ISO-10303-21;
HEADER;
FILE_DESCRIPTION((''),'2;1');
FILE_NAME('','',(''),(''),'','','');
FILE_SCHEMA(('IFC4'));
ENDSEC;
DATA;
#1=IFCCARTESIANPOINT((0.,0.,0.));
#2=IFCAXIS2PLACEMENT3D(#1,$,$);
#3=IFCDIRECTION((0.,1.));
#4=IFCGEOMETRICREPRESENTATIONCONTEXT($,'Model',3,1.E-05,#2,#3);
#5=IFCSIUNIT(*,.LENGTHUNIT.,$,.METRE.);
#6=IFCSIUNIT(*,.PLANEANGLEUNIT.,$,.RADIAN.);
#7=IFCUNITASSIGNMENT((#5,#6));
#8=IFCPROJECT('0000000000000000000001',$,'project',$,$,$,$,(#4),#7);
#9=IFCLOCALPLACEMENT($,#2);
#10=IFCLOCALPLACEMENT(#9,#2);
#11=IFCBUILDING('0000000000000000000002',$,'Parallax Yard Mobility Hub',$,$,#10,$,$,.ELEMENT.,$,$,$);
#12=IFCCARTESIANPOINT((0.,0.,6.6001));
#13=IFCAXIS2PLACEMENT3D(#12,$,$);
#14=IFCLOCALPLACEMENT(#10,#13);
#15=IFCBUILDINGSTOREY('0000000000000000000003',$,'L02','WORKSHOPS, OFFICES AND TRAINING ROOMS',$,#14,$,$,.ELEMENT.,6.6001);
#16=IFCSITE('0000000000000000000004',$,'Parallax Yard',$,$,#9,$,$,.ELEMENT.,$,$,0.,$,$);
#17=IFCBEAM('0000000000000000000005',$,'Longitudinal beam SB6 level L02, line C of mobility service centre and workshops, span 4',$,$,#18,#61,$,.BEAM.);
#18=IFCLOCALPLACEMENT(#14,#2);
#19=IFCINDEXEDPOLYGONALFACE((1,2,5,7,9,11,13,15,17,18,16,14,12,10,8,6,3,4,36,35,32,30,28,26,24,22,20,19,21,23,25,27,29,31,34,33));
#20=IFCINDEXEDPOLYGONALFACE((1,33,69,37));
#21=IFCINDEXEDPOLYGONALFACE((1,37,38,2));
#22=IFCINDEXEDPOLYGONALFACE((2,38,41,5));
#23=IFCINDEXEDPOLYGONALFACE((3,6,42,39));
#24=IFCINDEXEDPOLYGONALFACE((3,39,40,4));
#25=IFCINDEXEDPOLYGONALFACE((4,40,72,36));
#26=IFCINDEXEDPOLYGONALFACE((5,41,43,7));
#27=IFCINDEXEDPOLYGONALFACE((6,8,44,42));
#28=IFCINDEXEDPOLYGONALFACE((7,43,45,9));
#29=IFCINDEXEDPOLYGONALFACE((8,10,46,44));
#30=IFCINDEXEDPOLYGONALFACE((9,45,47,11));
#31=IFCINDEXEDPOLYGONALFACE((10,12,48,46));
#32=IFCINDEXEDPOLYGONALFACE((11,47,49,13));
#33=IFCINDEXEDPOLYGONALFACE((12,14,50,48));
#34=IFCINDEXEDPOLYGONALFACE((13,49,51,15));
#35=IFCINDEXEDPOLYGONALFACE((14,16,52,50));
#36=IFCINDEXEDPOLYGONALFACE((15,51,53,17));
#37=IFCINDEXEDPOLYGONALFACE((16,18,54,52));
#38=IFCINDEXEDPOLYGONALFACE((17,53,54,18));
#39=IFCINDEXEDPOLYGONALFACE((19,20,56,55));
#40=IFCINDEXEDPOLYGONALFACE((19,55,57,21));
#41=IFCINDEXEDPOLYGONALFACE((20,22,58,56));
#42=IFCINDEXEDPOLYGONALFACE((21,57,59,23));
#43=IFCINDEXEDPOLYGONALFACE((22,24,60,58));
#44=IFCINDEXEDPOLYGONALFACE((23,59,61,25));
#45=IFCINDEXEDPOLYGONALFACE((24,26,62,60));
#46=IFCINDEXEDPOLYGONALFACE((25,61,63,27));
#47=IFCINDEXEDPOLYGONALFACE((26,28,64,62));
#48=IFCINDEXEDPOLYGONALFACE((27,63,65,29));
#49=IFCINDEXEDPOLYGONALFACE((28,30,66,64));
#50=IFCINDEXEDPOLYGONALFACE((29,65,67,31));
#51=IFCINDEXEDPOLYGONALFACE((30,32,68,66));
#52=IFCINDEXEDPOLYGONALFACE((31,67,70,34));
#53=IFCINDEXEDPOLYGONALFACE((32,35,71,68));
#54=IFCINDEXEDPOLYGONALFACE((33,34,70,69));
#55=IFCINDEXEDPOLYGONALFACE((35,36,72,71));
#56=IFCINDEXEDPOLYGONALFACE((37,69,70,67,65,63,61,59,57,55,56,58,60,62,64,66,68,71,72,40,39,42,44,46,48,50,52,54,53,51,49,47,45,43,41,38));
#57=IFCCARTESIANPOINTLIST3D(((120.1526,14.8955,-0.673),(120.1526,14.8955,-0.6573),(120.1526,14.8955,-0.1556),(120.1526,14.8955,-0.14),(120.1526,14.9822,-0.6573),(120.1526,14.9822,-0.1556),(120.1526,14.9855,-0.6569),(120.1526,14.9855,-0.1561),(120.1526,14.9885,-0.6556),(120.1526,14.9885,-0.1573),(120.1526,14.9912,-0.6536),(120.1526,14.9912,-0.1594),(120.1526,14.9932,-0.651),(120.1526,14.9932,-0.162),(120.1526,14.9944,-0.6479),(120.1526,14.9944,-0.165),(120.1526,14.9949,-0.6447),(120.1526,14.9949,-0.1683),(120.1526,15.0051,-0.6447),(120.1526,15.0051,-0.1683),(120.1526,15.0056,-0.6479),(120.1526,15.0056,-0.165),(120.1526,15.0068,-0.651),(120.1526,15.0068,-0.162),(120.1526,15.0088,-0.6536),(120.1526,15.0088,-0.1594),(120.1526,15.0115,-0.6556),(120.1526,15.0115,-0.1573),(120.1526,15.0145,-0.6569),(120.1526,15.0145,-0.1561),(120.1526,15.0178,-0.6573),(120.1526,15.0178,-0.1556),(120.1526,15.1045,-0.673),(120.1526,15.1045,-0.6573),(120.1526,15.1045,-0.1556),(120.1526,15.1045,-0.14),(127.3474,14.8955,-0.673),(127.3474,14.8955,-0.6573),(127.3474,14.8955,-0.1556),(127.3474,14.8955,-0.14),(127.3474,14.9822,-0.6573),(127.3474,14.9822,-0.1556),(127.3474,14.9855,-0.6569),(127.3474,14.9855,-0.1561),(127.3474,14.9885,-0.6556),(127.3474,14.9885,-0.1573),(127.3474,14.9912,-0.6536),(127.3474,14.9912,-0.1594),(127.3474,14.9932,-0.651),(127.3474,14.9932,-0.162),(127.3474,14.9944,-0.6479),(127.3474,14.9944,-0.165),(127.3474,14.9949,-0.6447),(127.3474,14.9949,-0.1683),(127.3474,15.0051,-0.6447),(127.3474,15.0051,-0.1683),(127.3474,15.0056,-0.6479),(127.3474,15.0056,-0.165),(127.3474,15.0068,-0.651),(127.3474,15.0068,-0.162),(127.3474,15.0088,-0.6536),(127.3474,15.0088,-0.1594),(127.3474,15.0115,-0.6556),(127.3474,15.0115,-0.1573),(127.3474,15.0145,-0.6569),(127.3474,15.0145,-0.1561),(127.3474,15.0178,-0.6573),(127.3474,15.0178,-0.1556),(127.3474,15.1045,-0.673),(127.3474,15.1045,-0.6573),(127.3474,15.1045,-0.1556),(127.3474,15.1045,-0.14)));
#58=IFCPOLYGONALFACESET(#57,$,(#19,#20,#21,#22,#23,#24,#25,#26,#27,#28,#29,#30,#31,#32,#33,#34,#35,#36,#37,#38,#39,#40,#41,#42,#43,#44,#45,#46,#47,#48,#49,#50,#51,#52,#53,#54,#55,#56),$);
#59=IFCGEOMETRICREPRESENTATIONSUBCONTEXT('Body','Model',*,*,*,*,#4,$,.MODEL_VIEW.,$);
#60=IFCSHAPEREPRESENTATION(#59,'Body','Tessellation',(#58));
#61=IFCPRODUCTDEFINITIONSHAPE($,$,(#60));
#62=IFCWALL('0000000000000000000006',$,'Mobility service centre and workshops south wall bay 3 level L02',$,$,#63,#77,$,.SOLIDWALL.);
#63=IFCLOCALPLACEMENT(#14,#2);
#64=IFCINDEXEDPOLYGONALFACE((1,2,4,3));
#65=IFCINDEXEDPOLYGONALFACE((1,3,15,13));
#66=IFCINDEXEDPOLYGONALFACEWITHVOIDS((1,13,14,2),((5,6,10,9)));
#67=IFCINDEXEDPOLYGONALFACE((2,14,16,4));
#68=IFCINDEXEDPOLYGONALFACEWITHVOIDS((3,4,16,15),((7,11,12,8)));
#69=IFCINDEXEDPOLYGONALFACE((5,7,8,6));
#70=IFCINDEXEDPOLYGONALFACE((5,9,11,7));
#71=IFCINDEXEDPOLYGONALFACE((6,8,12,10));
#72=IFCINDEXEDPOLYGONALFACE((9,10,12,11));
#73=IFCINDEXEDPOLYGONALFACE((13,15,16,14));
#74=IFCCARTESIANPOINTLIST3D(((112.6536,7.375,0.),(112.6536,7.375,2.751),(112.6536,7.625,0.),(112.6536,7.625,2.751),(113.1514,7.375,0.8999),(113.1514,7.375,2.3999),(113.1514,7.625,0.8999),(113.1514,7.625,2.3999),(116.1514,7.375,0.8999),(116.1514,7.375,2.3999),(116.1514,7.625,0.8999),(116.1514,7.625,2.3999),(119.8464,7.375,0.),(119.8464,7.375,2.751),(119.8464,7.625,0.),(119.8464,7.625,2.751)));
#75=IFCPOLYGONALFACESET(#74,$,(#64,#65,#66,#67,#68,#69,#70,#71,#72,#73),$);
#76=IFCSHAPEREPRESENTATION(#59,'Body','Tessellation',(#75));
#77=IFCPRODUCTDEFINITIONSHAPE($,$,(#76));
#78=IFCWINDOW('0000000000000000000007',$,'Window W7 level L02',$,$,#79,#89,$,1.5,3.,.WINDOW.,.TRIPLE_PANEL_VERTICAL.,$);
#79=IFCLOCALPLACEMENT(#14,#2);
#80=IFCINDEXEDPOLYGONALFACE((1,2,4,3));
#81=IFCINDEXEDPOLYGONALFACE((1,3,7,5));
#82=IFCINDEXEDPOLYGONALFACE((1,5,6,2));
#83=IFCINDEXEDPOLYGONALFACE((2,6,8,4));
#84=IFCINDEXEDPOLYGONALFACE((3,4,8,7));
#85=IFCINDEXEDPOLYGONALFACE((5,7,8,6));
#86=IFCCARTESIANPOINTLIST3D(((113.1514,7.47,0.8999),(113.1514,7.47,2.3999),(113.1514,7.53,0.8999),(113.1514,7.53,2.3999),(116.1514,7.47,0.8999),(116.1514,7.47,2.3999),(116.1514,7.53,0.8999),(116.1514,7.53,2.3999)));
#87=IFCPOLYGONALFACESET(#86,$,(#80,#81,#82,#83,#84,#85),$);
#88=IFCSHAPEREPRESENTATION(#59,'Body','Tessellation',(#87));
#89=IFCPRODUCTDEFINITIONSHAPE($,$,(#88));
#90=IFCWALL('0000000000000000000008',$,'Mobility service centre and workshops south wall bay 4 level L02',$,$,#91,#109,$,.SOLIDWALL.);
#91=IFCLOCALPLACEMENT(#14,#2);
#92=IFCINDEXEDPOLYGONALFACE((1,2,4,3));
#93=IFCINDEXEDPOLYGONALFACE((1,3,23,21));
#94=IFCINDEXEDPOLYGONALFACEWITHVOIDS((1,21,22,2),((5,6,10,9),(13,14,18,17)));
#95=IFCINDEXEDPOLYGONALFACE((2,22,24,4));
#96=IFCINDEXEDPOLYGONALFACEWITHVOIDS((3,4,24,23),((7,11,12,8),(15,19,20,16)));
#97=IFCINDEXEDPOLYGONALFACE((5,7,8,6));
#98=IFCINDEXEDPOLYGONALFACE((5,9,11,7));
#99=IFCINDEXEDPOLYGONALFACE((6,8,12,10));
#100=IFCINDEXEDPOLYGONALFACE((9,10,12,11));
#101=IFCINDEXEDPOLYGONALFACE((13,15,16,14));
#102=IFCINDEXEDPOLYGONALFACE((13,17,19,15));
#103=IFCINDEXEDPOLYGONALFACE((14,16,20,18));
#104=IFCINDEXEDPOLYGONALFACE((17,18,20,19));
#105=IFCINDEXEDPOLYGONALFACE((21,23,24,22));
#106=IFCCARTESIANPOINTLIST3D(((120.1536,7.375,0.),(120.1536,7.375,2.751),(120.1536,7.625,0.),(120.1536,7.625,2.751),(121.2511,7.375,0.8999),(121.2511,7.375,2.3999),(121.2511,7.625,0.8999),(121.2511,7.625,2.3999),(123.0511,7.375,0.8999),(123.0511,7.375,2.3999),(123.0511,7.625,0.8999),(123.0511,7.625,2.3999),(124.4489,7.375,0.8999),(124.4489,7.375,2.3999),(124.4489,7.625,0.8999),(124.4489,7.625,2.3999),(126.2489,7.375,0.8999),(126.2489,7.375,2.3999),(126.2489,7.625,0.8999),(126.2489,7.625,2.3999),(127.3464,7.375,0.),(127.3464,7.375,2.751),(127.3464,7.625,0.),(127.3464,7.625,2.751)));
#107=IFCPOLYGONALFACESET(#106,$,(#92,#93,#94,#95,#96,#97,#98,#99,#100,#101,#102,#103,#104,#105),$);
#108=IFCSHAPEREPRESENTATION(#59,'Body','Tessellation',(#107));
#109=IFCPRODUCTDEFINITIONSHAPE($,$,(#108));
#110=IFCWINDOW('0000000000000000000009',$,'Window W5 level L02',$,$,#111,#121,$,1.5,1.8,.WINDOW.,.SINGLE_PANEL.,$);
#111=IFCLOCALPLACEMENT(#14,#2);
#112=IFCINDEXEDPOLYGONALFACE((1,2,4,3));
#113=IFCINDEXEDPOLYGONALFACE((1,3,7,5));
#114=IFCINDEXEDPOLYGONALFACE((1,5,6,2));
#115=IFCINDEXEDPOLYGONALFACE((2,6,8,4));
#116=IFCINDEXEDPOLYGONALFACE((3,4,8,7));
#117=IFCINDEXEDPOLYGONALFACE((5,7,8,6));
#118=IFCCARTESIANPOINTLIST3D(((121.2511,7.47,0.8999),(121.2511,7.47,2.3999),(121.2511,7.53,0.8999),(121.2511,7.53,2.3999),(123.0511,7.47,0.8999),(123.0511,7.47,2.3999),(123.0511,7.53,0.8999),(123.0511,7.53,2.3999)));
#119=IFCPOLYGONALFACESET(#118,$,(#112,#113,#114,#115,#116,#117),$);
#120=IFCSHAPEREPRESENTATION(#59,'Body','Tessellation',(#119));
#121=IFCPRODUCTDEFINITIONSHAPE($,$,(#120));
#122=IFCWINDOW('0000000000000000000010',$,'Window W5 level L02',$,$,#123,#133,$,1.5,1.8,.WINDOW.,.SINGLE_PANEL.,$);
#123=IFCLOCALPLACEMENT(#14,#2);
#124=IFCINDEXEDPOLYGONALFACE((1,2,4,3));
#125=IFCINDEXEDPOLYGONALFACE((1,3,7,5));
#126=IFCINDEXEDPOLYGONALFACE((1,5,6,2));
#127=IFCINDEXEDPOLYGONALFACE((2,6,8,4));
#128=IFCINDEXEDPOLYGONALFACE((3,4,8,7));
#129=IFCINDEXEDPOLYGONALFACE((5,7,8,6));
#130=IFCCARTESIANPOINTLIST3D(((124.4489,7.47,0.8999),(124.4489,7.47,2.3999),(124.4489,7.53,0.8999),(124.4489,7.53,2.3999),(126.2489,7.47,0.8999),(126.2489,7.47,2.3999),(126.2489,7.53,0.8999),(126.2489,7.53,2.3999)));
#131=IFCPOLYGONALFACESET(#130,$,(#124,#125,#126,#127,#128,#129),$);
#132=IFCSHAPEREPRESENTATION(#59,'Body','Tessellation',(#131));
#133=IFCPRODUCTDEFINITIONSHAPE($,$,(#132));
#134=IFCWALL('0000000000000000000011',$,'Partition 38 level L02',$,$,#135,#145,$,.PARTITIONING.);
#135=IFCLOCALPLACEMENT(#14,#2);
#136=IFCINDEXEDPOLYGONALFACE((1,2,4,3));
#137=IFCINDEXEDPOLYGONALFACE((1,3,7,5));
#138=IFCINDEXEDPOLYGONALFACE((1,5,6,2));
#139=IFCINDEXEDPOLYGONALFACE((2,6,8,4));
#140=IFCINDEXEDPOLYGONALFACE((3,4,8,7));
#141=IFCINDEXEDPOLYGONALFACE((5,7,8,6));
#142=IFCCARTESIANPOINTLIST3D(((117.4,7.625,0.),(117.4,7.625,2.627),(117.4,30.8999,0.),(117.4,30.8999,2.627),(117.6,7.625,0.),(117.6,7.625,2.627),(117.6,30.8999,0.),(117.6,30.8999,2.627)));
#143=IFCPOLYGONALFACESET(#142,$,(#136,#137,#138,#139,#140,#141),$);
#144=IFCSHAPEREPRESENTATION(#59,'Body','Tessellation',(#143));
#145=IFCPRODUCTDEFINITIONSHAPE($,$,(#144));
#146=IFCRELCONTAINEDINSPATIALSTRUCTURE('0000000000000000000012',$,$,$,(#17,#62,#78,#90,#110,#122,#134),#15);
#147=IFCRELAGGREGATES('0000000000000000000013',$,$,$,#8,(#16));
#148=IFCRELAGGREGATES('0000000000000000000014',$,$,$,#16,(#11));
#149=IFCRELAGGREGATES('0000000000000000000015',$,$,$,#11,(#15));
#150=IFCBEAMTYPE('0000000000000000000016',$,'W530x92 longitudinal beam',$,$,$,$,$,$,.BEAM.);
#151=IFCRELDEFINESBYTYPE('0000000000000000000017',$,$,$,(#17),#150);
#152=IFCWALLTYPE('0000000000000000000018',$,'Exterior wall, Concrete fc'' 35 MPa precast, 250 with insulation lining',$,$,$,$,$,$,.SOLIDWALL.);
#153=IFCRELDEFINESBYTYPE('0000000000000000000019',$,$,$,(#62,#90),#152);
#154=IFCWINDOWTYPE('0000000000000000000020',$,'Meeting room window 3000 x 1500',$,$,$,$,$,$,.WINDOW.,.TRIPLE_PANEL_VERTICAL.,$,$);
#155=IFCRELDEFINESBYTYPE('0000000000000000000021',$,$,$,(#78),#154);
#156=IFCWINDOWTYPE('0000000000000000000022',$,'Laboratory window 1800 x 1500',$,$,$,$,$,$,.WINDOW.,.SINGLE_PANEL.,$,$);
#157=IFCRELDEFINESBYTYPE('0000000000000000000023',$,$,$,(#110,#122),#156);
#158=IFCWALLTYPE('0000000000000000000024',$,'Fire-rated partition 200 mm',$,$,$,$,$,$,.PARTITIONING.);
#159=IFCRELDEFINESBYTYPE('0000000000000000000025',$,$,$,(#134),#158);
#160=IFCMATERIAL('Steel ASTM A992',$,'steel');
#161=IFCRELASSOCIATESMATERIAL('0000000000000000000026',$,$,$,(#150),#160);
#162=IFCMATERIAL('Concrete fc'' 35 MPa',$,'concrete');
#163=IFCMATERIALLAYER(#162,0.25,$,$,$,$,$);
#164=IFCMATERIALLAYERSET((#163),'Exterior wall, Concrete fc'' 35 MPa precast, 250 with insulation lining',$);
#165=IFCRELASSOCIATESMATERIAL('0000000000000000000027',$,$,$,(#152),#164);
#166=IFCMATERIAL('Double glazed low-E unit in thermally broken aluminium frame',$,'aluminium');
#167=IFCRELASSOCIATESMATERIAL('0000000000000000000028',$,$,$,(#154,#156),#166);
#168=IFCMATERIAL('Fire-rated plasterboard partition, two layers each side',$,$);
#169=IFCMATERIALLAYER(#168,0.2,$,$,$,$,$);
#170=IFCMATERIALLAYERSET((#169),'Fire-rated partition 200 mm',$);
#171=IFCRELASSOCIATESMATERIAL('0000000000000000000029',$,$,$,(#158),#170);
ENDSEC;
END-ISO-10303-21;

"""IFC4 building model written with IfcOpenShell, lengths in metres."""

from ifc_helpers import new_model, si_unit, direction, frame, frame_2d, origin, origin_2d, place, context, subcontext, project, spatial, rectangle, i_section, extrude, material, layer, layer_set, material_profile, profile_set, type_object, element, fill, save


model = new_model("IFC4")

# Units and contexts
model_context = context("Model", 3, precision=1e-05, world=origin(), true_north=direction((0.0, 1.0)))
body_context = subcontext(model_context, "Body", "Model", "MODEL_VIEW")
ifc_project = project(units=[si_unit("LENGTHUNIT", "METRE"), si_unit("PLANEANGLEUNIT", "RADIAN")], contexts=[model_context])

# Site, building, storey
site_placement = place(None, origin())
site = spatial("IfcSite", under=ifc_project, at=site_placement, Name="Parallax Yard", CompositionType="ELEMENT", RefElevation=0.0)
building_placement = place(site_placement, origin())
building = spatial("IfcBuilding", under=site, at=building_placement, Name="Parallax Yard Mobility Hub", CompositionType="ELEMENT")
storey_placement = place(building_placement, frame((0.0, 0.0, 6.6001)))
storey = spatial("IfcBuildingStorey", under=building, at=storey_placement, Name="L02", Description="WORKSHOPS, OFFICES AND TRAINING ROOMS", CompositionType="ELEMENT", Elevation=6.6001)

# Shared definitions
ifc_material_1 = material(Name="Steel ASTM A992", Category="steel")

# Beam
ifc_material_profile_1 = material_profile(ifc_material_1, i_section(OverallWidth=0.209, OverallDepth=0.533, WebThickness=0.0103, FlangeThickness=0.0156, FilletRadius=0.0127, at=origin_2d()), Name="W530x92")
ifc_profile_set_1 = profile_set([ifc_material_profile_1], Name="Steel ASTM A992")
beam_type_1 = type_object("IfcBeamType", Name="W530x92 longitudinal beam", PredefinedType="BEAM", material=ifc_profile_set_1)
beam_1_placement = place(storey_placement, frame((120.1526, 15.0, -0.4065), z_axis=(1.0, 0.0, 0.0), x_axis=(0.0, 1.0, 0.0)))
element("IfcBeam", 1, at=beam_1_placement, inside=storey, type_object=beam_type_1, Name="Longitudinal beam SB6 level L02, line C of mobility service centre and workshops, span 4", PredefinedType="BEAM", context=body_context, shape_type="SweptSolid", body=[
    extrude(i_section(OverallWidth=0.209, OverallDepth=0.533, WebThickness=0.0103, FlangeThickness=0.0156, FilletRadius=0.0127, at=origin_2d()), origin(), (0.0, 0.0, 1.0), 7.1948),
])

# Wall, opening, window
ifc_material_2 = material(Name="Concrete fc' 35 MPa", Category="concrete")
ifc_layer_1 = layer(ifc_material_2, 0.25)
ifc_layer_set_1 = layer_set([ifc_layer_1], Name="Exterior wall, Concrete fc' 35 MPa precast, 250 with insulation lining")
wall_type_1 = type_object("IfcWallType", Name="Exterior wall, Concrete fc' 35 MPa precast, 250 with insulation lining", PredefinedType="SOLIDWALL", material=ifc_layer_set_1)
wall_1_placement = place(storey_placement, frame((112.6536, 7.5, 0.0), z_axis=(0.0, 0.0, 1.0), x_axis=(1.0, 0.0, 0.0)))
wall_1 = element("IfcWall", 2, at=wall_1_placement, inside=storey, type_object=wall_type_1, Name="Mobility service centre and workshops south wall bay 3 level L02", PredefinedType="SOLIDWALL", context=body_context, shape_type="SweptSolid", body=[
    extrude(rectangle(XDim=7.1929, YDim=0.25, at=frame_2d((3.5964, 0.0))), origin(), (0.0, 0.0, 1.0), 2.751),
])
opening_1_placement = place(wall_1_placement, frame((0.4978, 0.0, 0.8999)))
opening_1 = element("IfcOpeningElement", 3, at=opening_1_placement, cuts=wall_1, PredefinedType="OPENING", context=body_context, shape_type="SweptSolid", body=[
    extrude(rectangle(XDim=3.0, YDim=1.5, at=frame_2d((1.5, 0.75))), frame((0.0, 0.135, 0.0), z_axis=(0.0, -1.0, 0.0), x_axis=(1.0, 0.0, 0.0)), (0.0, 0.0, 1.0), 0.27),
])
ifc_material_3 = material(Name="Double glazed low-E unit in thermally broken aluminium frame", Category="aluminium")
window_type_1 = type_object("IfcWindowType", Name="Meeting room window 3000 x 1500", PartitioningType="TRIPLE_PANEL_VERTICAL", PredefinedType="WINDOW", material=ifc_material_3)
window_1_placement = place(opening_1_placement, origin())
window_1 = element("IfcWindow", 4, at=window_1_placement, inside=storey, type_object=window_type_1, Name="Window W7 level L02", OverallHeight=1.5, OverallWidth=3.0, PartitioningType="TRIPLE_PANEL_VERTICAL", PredefinedType="WINDOW", context=body_context, shape_type="SweptSolid", body=[
    extrude(rectangle(XDim=3.0, YDim=1.5, at=frame_2d((1.5, 0.75))), frame((0.0, 0.03, 0.0), z_axis=(0.0, -1.0, 0.0), x_axis=(1.0, 0.0, 0.0)), (0.0, 0.0, 1.0), 0.0601),
])
fill(opening_1, window_1)

# Wall, openings, windows
wall_2_placement = place(storey_placement, frame((120.1536, 7.5, 0.0), z_axis=(0.0, 0.0, 1.0), x_axis=(1.0, 0.0, 0.0)))
wall_2 = element("IfcWall", 5, at=wall_2_placement, inside=storey, type_object=wall_type_1, Name="Mobility service centre and workshops south wall bay 4 level L02", PredefinedType="SOLIDWALL", context=body_context, shape_type="SweptSolid", body=[
    extrude(rectangle(XDim=7.1929, YDim=0.25, at=frame_2d((3.5964, 0.0))), origin(), (0.0, 0.0, 1.0), 2.751),
])
opening_2_placement = place(wall_2_placement, frame((1.0977, 0.0, 0.8999)))
opening_2 = element("IfcOpeningElement", 6, at=opening_2_placement, cuts=wall_2, PredefinedType="OPENING", context=body_context, shape_type="SweptSolid", body=[
    extrude(rectangle(XDim=1.8, YDim=1.5, at=frame_2d((0.8999, 0.75))), frame((0.0, 0.135, 0.0), z_axis=(0.0, -1.0, 0.0), x_axis=(1.0, 0.0, 0.0)), (0.0, 0.0, 1.0), 0.27),
])
opening_3_placement = place(wall_2_placement, frame((4.2954, 0.0, 0.8999)))
opening_3 = element("IfcOpeningElement", 7, at=opening_3_placement, cuts=wall_2, PredefinedType="OPENING", context=body_context, shape_type="SweptSolid", body=[
    extrude(rectangle(XDim=1.8, YDim=1.5, at=frame_2d((0.8999, 0.75))), frame((0.0, 0.135, 0.0), z_axis=(0.0, -1.0, 0.0), x_axis=(1.0, 0.0, 0.0)), (0.0, 0.0, 1.0), 0.27),
])
window_type_2 = type_object("IfcWindowType", Name="Laboratory window 1800 x 1500", PartitioningType="SINGLE_PANEL", PredefinedType="WINDOW", material=ifc_material_3)
window_2_placement = place(opening_2_placement, origin())
window_2 = element("IfcWindow", 8, at=window_2_placement, inside=storey, type_object=window_type_2, Name="Window W5 level L02", OverallHeight=1.5, OverallWidth=1.8, PartitioningType="SINGLE_PANEL", PredefinedType="WINDOW", context=body_context, shape_type="SweptSolid", body=[
    extrude(rectangle(XDim=1.8, YDim=1.5, at=frame_2d((0.8999, 0.75))), frame((0.0, 0.03, 0.0), z_axis=(0.0, -1.0, 0.0), x_axis=(1.0, 0.0, 0.0)), (0.0, 0.0, 1.0), 0.0601),
])
fill(opening_2, window_2)
window_3_placement = place(opening_3_placement, origin())
window_3 = element("IfcWindow", 9, at=window_3_placement, inside=storey, type_object=window_type_2, Name="Window W5 level L02", OverallHeight=1.5, OverallWidth=1.8, PartitioningType="SINGLE_PANEL", PredefinedType="WINDOW", context=body_context, shape_type="SweptSolid", body=[
    extrude(rectangle(XDim=1.8, YDim=1.5, at=frame_2d((0.8999, 0.75))), frame((0.0, 0.03, 0.0), z_axis=(0.0, -1.0, 0.0), x_axis=(1.0, 0.0, 0.0)), (0.0, 0.0, 1.0), 0.0601),
])
fill(opening_3, window_3)

# Wall
ifc_material_4 = material(Name="Fire-rated plasterboard partition, two layers each side")
ifc_layer_2 = layer(ifc_material_4, 0.2)
ifc_layer_set_2 = layer_set([ifc_layer_2], Name="Fire-rated partition 200 mm")
wall_type_2 = type_object("IfcWallType", Name="Fire-rated partition 200 mm", PredefinedType="PARTITIONING", material=ifc_layer_set_2)
wall_3_placement = place(storey_placement, frame((117.5, 7.625, 0.0), z_axis=(0.0, 0.0, 1.0), x_axis=(0.0, 1.0, 0.0)))
element("IfcWall", 10, at=wall_3_placement, inside=storey, type_object=wall_type_2, Name="Partition 38 level L02", PredefinedType="PARTITIONING", context=body_context, shape_type="SweptSolid", body=[
    extrude(rectangle(XDim=23.2749, YDim=0.2, at=frame_2d((11.6375, 0.0))), origin(), (0.0, 0.0, 1.0), 2.627),
])

save(model, "model.ifc")
